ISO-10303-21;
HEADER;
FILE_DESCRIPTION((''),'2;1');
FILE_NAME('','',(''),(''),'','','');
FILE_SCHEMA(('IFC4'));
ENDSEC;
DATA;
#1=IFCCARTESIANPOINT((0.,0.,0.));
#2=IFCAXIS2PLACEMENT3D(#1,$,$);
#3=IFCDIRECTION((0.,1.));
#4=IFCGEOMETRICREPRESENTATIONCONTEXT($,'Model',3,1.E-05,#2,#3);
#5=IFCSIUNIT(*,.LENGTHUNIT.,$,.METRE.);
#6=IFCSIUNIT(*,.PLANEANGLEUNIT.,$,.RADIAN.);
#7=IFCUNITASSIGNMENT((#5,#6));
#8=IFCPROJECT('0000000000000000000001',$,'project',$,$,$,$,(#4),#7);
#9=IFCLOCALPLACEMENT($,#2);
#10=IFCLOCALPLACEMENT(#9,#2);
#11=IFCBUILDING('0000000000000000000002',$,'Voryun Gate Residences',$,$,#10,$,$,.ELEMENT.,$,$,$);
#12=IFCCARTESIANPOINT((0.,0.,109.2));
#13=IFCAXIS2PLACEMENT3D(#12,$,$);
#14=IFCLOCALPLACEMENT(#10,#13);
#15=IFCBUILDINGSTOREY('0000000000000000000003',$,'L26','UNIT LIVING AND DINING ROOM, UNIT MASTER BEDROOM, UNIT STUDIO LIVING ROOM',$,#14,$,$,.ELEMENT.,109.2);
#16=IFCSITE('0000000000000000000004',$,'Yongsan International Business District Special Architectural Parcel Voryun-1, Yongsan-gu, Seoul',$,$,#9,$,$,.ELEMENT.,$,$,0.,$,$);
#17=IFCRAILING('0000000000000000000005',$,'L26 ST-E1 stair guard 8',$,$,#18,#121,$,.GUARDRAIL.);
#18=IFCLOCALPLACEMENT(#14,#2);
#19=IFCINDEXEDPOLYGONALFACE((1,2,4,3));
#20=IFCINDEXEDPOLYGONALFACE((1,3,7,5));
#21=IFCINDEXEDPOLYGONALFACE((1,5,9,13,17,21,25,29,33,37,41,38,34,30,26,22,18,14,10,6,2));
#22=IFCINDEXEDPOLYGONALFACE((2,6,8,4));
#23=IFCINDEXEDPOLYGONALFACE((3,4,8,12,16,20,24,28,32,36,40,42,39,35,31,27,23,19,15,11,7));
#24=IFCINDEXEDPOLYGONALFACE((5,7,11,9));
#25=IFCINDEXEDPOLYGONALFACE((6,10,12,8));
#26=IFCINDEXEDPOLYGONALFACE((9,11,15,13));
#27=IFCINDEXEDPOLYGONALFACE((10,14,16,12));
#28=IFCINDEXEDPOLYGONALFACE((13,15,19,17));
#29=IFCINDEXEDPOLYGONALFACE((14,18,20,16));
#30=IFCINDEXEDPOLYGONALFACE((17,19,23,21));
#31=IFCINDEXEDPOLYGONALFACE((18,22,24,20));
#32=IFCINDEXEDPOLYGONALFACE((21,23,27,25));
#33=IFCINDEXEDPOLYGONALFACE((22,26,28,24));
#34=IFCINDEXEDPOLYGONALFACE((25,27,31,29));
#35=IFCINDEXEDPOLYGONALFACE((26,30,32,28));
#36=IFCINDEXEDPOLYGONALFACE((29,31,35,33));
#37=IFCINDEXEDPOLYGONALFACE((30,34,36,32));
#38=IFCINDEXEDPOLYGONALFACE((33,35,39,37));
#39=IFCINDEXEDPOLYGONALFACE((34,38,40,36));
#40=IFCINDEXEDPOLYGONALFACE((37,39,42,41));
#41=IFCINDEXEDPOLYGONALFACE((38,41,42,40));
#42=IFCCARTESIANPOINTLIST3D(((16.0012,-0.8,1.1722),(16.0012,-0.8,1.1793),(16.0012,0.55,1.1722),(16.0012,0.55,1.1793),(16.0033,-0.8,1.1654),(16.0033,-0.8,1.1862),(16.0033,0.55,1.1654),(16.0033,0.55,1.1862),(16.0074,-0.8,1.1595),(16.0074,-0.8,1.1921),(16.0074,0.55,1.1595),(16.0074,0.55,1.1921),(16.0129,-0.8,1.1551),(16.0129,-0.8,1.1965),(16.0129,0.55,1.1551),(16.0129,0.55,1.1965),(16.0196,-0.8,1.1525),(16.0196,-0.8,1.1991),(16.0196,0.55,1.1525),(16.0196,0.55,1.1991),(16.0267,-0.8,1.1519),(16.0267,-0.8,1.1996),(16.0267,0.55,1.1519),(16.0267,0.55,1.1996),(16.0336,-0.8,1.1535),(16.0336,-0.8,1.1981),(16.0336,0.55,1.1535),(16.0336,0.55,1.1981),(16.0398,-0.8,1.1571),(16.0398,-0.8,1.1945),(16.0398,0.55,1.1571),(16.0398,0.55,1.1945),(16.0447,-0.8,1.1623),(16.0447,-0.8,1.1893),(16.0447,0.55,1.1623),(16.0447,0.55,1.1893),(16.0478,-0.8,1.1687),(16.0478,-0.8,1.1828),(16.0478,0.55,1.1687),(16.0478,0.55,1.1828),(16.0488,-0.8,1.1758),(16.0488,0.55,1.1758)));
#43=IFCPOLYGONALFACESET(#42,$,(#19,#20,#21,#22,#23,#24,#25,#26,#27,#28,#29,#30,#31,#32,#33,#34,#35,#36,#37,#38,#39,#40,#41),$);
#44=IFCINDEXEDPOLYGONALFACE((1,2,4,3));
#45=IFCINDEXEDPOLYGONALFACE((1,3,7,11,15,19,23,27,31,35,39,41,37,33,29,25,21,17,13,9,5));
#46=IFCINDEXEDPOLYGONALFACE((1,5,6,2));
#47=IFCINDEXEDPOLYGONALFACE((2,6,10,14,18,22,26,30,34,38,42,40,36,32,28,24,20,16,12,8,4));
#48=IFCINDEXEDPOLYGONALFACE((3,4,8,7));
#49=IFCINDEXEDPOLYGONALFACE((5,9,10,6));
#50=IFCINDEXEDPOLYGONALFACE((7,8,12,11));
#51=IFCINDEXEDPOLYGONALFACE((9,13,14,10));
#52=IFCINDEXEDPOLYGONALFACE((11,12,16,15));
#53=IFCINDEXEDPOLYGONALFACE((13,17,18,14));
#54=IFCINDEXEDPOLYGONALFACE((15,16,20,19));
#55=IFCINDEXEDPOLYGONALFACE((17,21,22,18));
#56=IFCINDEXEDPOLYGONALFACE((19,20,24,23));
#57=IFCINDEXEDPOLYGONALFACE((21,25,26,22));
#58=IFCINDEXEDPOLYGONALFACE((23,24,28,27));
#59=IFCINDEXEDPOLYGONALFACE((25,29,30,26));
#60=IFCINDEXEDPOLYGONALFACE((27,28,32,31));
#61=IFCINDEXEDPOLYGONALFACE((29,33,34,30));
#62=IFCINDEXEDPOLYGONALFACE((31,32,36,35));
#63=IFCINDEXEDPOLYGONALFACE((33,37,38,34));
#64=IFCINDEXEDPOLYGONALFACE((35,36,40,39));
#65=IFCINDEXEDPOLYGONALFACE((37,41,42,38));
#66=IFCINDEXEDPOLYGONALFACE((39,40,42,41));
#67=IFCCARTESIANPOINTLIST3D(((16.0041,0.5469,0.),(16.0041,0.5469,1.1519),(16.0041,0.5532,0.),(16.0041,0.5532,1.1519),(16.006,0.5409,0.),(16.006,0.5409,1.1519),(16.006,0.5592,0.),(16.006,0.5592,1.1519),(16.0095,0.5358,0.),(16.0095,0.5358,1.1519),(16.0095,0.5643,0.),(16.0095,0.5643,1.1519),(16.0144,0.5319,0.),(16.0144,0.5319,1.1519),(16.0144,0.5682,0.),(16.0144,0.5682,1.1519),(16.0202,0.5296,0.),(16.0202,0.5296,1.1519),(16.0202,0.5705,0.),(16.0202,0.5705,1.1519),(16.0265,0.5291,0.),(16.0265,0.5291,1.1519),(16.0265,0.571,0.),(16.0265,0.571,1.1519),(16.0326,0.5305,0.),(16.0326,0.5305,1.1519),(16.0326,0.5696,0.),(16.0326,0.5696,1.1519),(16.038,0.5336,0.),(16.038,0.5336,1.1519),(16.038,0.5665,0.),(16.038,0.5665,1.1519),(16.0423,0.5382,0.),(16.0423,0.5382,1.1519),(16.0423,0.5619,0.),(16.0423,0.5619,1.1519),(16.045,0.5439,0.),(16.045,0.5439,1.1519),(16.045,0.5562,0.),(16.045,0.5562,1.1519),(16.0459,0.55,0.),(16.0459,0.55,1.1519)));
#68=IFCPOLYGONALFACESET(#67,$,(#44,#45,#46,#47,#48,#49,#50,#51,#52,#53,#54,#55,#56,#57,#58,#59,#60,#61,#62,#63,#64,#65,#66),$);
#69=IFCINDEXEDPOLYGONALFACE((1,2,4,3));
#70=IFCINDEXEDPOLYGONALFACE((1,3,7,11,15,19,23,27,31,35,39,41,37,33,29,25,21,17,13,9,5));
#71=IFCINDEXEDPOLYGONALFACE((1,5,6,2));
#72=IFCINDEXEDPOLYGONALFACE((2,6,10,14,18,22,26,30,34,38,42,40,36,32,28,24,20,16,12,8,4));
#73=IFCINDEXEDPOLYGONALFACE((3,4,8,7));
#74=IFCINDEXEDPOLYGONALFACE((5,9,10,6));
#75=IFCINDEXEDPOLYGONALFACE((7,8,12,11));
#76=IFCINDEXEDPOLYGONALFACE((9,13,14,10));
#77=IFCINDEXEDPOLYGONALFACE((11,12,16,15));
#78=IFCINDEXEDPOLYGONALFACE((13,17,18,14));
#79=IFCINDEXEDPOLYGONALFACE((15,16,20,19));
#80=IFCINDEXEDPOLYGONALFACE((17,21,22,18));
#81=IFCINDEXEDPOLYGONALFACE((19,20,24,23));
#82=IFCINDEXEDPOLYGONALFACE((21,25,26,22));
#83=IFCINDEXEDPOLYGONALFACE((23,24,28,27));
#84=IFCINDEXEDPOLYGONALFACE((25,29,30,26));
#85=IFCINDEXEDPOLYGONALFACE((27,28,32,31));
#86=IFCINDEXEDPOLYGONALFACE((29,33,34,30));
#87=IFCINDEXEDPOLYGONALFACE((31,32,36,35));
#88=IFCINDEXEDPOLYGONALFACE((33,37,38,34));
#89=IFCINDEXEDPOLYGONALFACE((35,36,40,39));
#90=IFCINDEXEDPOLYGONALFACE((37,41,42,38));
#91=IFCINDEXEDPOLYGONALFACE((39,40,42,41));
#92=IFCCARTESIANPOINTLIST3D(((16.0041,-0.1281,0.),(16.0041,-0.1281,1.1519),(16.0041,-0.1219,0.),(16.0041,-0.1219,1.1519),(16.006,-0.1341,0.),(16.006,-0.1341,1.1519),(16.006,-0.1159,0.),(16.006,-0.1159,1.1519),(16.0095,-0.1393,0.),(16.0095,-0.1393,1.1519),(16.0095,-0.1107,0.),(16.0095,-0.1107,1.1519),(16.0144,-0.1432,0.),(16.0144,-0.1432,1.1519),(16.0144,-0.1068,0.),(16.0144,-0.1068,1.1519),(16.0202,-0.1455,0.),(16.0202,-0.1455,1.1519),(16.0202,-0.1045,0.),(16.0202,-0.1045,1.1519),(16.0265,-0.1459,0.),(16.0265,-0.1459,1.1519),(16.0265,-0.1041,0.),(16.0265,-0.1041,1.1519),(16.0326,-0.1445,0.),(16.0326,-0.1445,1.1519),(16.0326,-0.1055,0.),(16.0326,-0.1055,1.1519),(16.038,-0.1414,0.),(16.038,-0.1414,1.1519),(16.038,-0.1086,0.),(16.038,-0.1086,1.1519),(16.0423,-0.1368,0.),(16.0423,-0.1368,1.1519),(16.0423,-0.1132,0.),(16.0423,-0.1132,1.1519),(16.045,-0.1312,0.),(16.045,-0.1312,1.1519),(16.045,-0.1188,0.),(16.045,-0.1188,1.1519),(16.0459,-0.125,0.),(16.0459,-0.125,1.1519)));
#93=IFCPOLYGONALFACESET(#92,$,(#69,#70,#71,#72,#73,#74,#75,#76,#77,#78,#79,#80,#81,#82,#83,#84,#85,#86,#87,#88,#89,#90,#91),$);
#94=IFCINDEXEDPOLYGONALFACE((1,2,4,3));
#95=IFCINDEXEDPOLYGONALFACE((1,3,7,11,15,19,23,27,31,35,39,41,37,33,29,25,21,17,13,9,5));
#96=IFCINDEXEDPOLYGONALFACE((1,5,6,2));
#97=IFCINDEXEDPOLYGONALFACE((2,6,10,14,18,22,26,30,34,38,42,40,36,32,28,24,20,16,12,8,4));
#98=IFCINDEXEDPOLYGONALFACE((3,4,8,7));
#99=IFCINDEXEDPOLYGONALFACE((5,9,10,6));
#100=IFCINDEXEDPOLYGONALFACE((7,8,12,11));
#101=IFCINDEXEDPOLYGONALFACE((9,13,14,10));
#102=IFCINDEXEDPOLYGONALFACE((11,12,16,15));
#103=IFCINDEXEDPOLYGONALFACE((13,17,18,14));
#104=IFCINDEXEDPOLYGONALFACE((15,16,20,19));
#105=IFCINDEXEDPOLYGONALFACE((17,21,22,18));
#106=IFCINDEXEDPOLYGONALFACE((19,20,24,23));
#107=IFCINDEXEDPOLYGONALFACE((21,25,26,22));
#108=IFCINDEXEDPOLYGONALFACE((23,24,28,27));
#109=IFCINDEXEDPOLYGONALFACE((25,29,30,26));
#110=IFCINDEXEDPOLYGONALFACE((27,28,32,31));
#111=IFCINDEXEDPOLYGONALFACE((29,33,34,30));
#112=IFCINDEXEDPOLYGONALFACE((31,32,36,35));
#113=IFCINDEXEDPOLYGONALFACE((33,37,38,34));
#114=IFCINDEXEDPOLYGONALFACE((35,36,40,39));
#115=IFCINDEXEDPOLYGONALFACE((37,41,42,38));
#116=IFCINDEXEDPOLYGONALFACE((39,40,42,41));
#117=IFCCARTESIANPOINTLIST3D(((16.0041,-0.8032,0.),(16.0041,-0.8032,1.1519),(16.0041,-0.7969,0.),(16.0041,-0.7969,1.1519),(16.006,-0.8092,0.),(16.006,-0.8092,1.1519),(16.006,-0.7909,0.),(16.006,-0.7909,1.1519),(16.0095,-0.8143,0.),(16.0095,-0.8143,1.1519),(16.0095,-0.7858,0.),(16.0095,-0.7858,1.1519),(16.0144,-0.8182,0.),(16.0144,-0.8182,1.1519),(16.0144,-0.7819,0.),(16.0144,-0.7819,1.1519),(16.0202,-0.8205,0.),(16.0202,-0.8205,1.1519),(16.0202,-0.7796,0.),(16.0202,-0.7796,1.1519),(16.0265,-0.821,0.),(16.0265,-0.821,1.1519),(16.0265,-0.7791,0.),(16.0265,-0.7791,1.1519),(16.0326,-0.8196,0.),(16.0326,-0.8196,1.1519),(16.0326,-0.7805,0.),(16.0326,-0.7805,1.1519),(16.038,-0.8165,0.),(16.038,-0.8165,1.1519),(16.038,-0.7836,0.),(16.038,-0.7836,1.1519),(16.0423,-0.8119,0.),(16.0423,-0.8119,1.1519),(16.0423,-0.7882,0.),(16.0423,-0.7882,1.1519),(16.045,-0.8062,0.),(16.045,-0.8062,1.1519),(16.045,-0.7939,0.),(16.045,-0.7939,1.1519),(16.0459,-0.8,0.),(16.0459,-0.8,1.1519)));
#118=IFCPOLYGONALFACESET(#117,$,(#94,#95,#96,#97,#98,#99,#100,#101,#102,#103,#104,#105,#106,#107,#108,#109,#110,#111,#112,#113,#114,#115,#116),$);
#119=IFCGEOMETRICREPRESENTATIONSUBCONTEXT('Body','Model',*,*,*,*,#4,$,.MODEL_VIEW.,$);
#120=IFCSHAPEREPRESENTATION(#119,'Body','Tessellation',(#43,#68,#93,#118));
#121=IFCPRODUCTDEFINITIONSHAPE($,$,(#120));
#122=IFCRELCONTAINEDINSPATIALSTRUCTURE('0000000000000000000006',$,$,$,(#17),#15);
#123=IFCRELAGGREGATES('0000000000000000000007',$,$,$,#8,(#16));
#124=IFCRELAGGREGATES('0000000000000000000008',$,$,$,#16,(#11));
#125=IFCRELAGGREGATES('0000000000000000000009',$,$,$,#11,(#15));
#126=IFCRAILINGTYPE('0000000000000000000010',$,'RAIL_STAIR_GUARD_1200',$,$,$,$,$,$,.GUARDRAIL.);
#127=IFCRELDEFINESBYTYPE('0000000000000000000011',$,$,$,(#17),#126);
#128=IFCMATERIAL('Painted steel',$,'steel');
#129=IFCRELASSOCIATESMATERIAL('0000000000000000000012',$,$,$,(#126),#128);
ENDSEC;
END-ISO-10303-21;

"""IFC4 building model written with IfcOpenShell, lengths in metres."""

from ifc_helpers import new_model, si_unit, direction, frame, origin, origin_2d, place, context, subcontext, project, spatial, circle, extrude, material, type_object, element, save


model = new_model("IFC4")

# Units and contexts
model_context = context("Model", 3, precision=1e-05, world=origin(), true_north=direction((0.0, 1.0)))
body_context = subcontext(model_context, "Body", "Model", "MODEL_VIEW")
ifc_project = project(units=[si_unit("LENGTHUNIT", "METRE"), si_unit("PLANEANGLEUNIT", "RADIAN")], contexts=[model_context])

# Site, building, storey
site_placement = place(None, origin())
site = spatial("IfcSite", under=ifc_project, at=site_placement, Name="Yongsan International Business District Special Architectural Parcel Voryun-1, Yongsan-gu, Seoul", CompositionType="ELEMENT", RefElevation=0.0)
building_placement = place(site_placement, origin())
building = spatial("IfcBuilding", under=site, at=building_placement, Name="Voryun Gate Residences", CompositionType="ELEMENT")
storey_placement = place(building_placement, frame((0.0, 0.0, 109.2)))
storey = spatial("IfcBuildingStorey", under=building, at=storey_placement, Name="L26", Description="UNIT LIVING AND DINING ROOM, UNIT MASTER BEDROOM, UNIT STUDIO LIVING ROOM", CompositionType="ELEMENT", Elevation=109.2)

# Railing
ifc_material_1 = material(Name="Painted steel", Category="steel")
railing_type = type_object("IfcRailingType", Name="RAIL_STAIR_GUARD_1200", PredefinedType="GUARDRAIL", material=ifc_material_1)
railing_placement = place(storey_placement, frame((16.0249, 0.55, 0.0)))
element("IfcRailing", 1, at=railing_placement, inside=storey, type_object=railing_type, Name="L26 ST-E1 stair guard 8", PredefinedType="GUARDRAIL", context=body_context, shape_type="SweptSolid", body=[
    extrude(circle(Radius=0.0239, at=origin_2d()), frame((0.0, 0.0, 1.1758), z_axis=(0.0, -1.0, 0.0), x_axis=(1.0, 0.0, 0.0)), (0.0, 0.0, 1.0), 1.3501),
    extrude(circle(Radius=0.021, at=origin_2d()), origin(), (0.0, 0.0, 1.0), 1.1519),
    extrude(circle(Radius=0.021, at=origin_2d()), frame((0.0, -0.675, 0.0)), (0.0, 0.0, 1.0), 1.1519),
    extrude(circle(Radius=0.021, at=origin_2d()), frame((0.0, -1.3501, 0.0)), (0.0, 0.0, 1.0), 1.1519),
])

save(model, "model.ifc")
